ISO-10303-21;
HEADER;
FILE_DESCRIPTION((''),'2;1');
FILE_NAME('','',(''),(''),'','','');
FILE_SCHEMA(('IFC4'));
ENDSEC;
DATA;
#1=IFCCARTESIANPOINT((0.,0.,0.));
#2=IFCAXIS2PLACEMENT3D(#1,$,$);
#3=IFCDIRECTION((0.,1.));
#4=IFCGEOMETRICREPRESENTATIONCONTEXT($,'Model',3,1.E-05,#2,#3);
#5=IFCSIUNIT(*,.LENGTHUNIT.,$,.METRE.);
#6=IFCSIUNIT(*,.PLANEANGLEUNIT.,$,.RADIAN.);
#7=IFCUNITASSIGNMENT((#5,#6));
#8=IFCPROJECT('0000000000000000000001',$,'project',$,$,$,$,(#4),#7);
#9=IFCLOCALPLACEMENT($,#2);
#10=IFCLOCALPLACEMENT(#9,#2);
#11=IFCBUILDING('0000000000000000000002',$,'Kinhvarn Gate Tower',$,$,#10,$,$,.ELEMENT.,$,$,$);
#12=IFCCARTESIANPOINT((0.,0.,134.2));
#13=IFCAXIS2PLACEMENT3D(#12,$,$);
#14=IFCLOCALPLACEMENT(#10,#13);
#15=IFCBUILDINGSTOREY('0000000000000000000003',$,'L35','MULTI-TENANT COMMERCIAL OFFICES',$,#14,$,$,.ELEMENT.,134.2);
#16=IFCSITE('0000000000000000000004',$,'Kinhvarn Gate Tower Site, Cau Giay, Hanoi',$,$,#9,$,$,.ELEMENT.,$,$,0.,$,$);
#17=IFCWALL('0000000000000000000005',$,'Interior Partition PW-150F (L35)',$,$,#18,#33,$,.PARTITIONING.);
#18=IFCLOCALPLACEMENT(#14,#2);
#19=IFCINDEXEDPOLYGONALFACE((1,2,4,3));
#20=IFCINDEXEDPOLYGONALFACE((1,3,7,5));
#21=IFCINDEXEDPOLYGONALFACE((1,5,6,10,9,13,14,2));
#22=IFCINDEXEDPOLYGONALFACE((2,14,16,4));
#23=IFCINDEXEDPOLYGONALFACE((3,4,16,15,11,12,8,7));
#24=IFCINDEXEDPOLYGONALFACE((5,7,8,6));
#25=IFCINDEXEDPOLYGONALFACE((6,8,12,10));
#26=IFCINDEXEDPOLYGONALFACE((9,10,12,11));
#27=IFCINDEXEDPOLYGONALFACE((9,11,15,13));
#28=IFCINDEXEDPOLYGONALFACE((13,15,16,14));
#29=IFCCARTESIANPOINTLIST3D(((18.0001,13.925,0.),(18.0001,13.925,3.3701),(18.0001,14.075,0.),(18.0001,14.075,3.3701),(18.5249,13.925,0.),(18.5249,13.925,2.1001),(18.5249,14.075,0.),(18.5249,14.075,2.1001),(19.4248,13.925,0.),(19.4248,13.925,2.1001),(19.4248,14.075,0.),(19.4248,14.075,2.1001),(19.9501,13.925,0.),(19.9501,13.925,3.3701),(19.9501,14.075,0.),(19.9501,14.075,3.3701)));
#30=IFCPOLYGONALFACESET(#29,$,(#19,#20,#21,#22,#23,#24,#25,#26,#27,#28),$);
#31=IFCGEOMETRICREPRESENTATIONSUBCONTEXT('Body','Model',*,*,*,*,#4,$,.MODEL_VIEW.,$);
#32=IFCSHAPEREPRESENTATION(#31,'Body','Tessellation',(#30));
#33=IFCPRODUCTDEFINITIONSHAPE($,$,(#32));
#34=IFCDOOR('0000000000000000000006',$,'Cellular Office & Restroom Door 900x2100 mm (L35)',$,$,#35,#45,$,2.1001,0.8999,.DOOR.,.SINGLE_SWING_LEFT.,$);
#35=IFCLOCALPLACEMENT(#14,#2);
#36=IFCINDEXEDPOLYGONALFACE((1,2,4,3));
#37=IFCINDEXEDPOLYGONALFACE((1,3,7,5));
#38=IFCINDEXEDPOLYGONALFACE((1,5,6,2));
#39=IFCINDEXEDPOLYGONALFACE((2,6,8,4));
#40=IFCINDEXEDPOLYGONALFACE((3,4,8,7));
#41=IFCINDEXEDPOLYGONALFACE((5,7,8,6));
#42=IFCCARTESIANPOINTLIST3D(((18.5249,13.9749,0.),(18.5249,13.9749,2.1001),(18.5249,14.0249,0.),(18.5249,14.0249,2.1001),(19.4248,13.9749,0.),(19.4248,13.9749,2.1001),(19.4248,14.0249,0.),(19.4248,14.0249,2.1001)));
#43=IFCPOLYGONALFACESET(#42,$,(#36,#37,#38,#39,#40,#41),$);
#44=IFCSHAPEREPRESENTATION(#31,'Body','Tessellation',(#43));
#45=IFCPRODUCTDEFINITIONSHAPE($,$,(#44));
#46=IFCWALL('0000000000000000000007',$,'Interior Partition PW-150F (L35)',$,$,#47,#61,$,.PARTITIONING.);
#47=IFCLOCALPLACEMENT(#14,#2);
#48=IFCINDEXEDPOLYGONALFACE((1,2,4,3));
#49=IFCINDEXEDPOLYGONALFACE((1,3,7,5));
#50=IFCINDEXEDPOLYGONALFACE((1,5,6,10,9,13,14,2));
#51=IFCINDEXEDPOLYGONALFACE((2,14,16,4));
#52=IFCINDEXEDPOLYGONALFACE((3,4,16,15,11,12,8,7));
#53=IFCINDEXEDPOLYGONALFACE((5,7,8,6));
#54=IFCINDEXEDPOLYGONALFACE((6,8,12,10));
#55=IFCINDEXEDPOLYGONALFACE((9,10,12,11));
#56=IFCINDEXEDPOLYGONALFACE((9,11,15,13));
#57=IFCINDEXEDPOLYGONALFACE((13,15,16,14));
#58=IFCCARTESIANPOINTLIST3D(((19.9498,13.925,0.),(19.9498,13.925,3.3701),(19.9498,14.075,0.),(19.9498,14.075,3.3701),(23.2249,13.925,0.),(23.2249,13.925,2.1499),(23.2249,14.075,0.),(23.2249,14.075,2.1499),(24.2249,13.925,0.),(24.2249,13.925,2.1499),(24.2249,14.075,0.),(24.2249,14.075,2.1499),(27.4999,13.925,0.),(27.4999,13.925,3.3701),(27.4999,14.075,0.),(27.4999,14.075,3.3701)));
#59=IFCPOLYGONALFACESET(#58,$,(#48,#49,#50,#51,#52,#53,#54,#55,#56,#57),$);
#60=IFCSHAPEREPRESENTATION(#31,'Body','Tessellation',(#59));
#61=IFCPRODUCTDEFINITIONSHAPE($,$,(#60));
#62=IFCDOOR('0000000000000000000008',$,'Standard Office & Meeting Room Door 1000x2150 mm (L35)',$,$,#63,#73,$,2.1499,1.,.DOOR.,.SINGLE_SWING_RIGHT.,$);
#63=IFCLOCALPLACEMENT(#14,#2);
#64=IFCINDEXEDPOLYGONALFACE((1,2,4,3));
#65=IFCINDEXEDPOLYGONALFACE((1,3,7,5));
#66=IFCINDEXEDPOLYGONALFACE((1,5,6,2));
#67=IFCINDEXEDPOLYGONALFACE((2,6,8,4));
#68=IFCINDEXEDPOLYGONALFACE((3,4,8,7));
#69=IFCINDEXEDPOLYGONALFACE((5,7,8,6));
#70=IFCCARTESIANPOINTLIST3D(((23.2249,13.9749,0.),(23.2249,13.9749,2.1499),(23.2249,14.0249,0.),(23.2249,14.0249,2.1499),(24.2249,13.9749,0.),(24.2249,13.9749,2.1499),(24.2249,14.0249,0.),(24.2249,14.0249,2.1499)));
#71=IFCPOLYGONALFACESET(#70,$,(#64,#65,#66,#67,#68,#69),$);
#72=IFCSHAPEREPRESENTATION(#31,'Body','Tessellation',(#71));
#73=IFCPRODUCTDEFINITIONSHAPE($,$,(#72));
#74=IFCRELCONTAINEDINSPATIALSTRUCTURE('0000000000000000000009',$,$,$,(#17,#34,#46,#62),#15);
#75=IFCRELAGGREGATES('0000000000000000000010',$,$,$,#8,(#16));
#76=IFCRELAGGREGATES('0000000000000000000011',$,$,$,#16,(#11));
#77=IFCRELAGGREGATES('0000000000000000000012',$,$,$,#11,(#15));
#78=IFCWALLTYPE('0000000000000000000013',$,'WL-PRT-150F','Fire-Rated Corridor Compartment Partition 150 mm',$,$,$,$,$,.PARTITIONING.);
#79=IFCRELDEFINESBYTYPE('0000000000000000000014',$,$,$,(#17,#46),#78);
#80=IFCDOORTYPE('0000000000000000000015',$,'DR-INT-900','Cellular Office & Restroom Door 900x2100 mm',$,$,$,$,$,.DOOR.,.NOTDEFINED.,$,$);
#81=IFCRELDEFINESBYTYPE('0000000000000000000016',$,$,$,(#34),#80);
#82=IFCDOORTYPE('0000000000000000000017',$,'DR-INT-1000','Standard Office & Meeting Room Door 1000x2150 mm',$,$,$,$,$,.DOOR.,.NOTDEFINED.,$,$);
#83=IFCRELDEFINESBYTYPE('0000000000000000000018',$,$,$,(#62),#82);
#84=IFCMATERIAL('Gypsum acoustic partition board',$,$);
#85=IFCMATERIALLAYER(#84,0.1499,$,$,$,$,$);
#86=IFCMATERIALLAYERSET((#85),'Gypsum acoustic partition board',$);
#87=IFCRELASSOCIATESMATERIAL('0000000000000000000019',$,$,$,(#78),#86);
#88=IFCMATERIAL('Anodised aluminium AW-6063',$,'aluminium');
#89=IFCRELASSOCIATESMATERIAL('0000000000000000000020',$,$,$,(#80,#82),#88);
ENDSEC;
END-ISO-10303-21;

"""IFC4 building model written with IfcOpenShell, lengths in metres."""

from ifc_helpers import new_model, si_unit, direction, frame, frame_2d, origin, place, context, subcontext, project, spatial, rectangle, extrude, material, layer, layer_set, type_object, element, fill, save


model = new_model("IFC4")

# Units and contexts
model_context = context("Model", 3, precision=1e-05, world=origin(), true_north=direction((0.0, 1.0)))
body_context = subcontext(model_context, "Body", "Model", "MODEL_VIEW")
ifc_project = project(units=[si_unit("LENGTHUNIT", "METRE"), si_unit("PLANEANGLEUNIT", "RADIAN")], contexts=[model_context])

# Site, building, storey
site_placement = place(None, origin())
site = spatial("IfcSite", under=ifc_project, at=site_placement, Name="Kinhvarn Gate Tower Site, Cau Giay, Hanoi", CompositionType="ELEMENT", RefElevation=0.0)
building_placement = place(site_placement, origin())
building = spatial("IfcBuilding", under=site, at=building_placement, Name="Kinhvarn Gate Tower", CompositionType="ELEMENT")
storey_placement = place(building_placement, frame((0.0, 0.0, 134.2)))
storey = spatial("IfcBuildingStorey", under=building, at=storey_placement, Name="L35", Description="MULTI-TENANT COMMERCIAL OFFICES", CompositionType="ELEMENT", Elevation=134.2)

# Shared definitions
ifc_material_1 = material(Name="Anodised aluminium AW-6063", Category="aluminium")

# Shared definitions
ifc_material_2 = material(Name="Gypsum acoustic partition board")

# Walls, openings, doors
ifc_layer_1 = layer(ifc_material_2, 0.1499)
ifc_layer_set_1 = layer_set([ifc_layer_1], Name="Gypsum acoustic partition board")
wall_type_1 = type_object("IfcWallType", Name="WL-PRT-150F", Description="Fire-Rated Corridor Compartment Partition 150 mm", PredefinedType="PARTITIONING", material=ifc_layer_set_1)
wall_1_placement = place(storey_placement, frame((18.0, 14.0, 0.0), z_axis=(0.0, 0.0, 1.0), x_axis=(1.0, 0.0, 0.0)))
wall_1 = element("IfcWall", 1, at=wall_1_placement, inside=storey, type_object=wall_type_1, Name="Interior Partition PW-150F (L35)", PredefinedType="PARTITIONING", context=body_context, shape_type="SweptSolid", body=[
    extrude(rectangle(XDim=1.95, YDim=0.1499, at=frame_2d((0.9751, 0.0))), origin(), (0.0, 0.0, 1.0), 3.3701),
])
opening_1_placement = place(wall_1_placement, frame((0.5249, 0.0, 0.0)))
opening_1 = element("IfcOpeningElement", 2, at=opening_1_placement, cuts=wall_1, PredefinedType="OPENING", context=body_context, shape_type="SweptSolid", body=[
    extrude(rectangle(XDim=0.8999, YDim=2.1001, at=frame_2d((0.45, 1.05))), frame((0.0, 0.085, 0.0), z_axis=(0.0, -1.0, 0.0), x_axis=(1.0, 0.0, 0.0)), (0.0, 0.0, 1.0), 0.1699),
])
door_type_1 = type_object("IfcDoorType", Name="DR-INT-900", Description="Cellular Office & Restroom Door 900x2100 mm", OperationType="NOTDEFINED", PredefinedType="DOOR", material=ifc_material_1)
door_1_placement = place(opening_1_placement, origin())
door_1 = element("IfcDoor", 3, at=door_1_placement, inside=storey, type_object=door_type_1, Name="Cellular Office & Restroom Door 900x2100 mm (L35)", OperationType="SINGLE_SWING_LEFT", OverallHeight=2.1001, OverallWidth=0.8999, PredefinedType="DOOR", context=body_context, shape_type="SweptSolid", body=[
    extrude(rectangle(XDim=0.8999, YDim=2.1001, at=frame_2d((0.45, 1.05))), frame((0.0, 0.0249, 0.0), z_axis=(0.0, -1.0, 0.0), x_axis=(1.0, 0.0, 0.0)), (0.0, 0.0, 1.0), 0.05),
])
fill(opening_1, door_1)
wall_2_placement = place(storey_placement, frame((19.95, 14.0, 0.0), z_axis=(0.0, 0.0, 1.0), x_axis=(1.0, 0.0, 0.0)))
wall_2 = element("IfcWall", 4, at=wall_2_placement, inside=storey, type_object=wall_type_1, Name="Interior Partition PW-150F (L35)", PredefinedType="PARTITIONING", context=body_context, shape_type="SweptSolid", body=[
    extrude(rectangle(XDim=7.55, YDim=0.1499, at=frame_2d((3.7749, 0.0))), origin(), (0.0, 0.0, 1.0), 3.3701),
])
opening_2_placement = place(wall_2_placement, frame((3.2749, 0.0, 0.0)))
opening_2 = element("IfcOpeningElement", 5, at=opening_2_placement, cuts=wall_2, PredefinedType="OPENING", context=body_context, shape_type="SweptSolid", body=[
    extrude(rectangle(XDim=1.0, YDim=2.1499, at=frame_2d((0.5, 1.075))), frame((0.0, 0.085, 0.0), z_axis=(0.0, -1.0, 0.0), x_axis=(1.0, 0.0, 0.0)), (0.0, 0.0, 1.0), 0.1699),
])
door_type_2 = type_object("IfcDoorType", Name="DR-INT-1000", Description="Standard Office & Meeting Room Door 1000x2150 mm", OperationType="NOTDEFINED", PredefinedType="DOOR", material=ifc_material_1)
door_2_placement = place(opening_2_placement, origin())
door_2 = element("IfcDoor", 6, at=door_2_placement, inside=storey, type_object=door_type_2, Name="Standard Office & Meeting Room Door 1000x2150 mm (L35)", OperationType="SINGLE_SWING_RIGHT", OverallHeight=2.1499, OverallWidth=1.0, PredefinedType="DOOR", context=body_context, shape_type="SweptSolid", body=[
    extrude(rectangle(XDim=1.0, YDim=2.1499, at=frame_2d((0.5, 1.075))), frame((0.0, 0.0249, 0.0), z_axis=(0.0, -1.0, 0.0), x_axis=(1.0, 0.0, 0.0)), (0.0, 0.0, 1.0), 0.05),
])
fill(opening_2, door_2)

save(model, "model.ifc")
